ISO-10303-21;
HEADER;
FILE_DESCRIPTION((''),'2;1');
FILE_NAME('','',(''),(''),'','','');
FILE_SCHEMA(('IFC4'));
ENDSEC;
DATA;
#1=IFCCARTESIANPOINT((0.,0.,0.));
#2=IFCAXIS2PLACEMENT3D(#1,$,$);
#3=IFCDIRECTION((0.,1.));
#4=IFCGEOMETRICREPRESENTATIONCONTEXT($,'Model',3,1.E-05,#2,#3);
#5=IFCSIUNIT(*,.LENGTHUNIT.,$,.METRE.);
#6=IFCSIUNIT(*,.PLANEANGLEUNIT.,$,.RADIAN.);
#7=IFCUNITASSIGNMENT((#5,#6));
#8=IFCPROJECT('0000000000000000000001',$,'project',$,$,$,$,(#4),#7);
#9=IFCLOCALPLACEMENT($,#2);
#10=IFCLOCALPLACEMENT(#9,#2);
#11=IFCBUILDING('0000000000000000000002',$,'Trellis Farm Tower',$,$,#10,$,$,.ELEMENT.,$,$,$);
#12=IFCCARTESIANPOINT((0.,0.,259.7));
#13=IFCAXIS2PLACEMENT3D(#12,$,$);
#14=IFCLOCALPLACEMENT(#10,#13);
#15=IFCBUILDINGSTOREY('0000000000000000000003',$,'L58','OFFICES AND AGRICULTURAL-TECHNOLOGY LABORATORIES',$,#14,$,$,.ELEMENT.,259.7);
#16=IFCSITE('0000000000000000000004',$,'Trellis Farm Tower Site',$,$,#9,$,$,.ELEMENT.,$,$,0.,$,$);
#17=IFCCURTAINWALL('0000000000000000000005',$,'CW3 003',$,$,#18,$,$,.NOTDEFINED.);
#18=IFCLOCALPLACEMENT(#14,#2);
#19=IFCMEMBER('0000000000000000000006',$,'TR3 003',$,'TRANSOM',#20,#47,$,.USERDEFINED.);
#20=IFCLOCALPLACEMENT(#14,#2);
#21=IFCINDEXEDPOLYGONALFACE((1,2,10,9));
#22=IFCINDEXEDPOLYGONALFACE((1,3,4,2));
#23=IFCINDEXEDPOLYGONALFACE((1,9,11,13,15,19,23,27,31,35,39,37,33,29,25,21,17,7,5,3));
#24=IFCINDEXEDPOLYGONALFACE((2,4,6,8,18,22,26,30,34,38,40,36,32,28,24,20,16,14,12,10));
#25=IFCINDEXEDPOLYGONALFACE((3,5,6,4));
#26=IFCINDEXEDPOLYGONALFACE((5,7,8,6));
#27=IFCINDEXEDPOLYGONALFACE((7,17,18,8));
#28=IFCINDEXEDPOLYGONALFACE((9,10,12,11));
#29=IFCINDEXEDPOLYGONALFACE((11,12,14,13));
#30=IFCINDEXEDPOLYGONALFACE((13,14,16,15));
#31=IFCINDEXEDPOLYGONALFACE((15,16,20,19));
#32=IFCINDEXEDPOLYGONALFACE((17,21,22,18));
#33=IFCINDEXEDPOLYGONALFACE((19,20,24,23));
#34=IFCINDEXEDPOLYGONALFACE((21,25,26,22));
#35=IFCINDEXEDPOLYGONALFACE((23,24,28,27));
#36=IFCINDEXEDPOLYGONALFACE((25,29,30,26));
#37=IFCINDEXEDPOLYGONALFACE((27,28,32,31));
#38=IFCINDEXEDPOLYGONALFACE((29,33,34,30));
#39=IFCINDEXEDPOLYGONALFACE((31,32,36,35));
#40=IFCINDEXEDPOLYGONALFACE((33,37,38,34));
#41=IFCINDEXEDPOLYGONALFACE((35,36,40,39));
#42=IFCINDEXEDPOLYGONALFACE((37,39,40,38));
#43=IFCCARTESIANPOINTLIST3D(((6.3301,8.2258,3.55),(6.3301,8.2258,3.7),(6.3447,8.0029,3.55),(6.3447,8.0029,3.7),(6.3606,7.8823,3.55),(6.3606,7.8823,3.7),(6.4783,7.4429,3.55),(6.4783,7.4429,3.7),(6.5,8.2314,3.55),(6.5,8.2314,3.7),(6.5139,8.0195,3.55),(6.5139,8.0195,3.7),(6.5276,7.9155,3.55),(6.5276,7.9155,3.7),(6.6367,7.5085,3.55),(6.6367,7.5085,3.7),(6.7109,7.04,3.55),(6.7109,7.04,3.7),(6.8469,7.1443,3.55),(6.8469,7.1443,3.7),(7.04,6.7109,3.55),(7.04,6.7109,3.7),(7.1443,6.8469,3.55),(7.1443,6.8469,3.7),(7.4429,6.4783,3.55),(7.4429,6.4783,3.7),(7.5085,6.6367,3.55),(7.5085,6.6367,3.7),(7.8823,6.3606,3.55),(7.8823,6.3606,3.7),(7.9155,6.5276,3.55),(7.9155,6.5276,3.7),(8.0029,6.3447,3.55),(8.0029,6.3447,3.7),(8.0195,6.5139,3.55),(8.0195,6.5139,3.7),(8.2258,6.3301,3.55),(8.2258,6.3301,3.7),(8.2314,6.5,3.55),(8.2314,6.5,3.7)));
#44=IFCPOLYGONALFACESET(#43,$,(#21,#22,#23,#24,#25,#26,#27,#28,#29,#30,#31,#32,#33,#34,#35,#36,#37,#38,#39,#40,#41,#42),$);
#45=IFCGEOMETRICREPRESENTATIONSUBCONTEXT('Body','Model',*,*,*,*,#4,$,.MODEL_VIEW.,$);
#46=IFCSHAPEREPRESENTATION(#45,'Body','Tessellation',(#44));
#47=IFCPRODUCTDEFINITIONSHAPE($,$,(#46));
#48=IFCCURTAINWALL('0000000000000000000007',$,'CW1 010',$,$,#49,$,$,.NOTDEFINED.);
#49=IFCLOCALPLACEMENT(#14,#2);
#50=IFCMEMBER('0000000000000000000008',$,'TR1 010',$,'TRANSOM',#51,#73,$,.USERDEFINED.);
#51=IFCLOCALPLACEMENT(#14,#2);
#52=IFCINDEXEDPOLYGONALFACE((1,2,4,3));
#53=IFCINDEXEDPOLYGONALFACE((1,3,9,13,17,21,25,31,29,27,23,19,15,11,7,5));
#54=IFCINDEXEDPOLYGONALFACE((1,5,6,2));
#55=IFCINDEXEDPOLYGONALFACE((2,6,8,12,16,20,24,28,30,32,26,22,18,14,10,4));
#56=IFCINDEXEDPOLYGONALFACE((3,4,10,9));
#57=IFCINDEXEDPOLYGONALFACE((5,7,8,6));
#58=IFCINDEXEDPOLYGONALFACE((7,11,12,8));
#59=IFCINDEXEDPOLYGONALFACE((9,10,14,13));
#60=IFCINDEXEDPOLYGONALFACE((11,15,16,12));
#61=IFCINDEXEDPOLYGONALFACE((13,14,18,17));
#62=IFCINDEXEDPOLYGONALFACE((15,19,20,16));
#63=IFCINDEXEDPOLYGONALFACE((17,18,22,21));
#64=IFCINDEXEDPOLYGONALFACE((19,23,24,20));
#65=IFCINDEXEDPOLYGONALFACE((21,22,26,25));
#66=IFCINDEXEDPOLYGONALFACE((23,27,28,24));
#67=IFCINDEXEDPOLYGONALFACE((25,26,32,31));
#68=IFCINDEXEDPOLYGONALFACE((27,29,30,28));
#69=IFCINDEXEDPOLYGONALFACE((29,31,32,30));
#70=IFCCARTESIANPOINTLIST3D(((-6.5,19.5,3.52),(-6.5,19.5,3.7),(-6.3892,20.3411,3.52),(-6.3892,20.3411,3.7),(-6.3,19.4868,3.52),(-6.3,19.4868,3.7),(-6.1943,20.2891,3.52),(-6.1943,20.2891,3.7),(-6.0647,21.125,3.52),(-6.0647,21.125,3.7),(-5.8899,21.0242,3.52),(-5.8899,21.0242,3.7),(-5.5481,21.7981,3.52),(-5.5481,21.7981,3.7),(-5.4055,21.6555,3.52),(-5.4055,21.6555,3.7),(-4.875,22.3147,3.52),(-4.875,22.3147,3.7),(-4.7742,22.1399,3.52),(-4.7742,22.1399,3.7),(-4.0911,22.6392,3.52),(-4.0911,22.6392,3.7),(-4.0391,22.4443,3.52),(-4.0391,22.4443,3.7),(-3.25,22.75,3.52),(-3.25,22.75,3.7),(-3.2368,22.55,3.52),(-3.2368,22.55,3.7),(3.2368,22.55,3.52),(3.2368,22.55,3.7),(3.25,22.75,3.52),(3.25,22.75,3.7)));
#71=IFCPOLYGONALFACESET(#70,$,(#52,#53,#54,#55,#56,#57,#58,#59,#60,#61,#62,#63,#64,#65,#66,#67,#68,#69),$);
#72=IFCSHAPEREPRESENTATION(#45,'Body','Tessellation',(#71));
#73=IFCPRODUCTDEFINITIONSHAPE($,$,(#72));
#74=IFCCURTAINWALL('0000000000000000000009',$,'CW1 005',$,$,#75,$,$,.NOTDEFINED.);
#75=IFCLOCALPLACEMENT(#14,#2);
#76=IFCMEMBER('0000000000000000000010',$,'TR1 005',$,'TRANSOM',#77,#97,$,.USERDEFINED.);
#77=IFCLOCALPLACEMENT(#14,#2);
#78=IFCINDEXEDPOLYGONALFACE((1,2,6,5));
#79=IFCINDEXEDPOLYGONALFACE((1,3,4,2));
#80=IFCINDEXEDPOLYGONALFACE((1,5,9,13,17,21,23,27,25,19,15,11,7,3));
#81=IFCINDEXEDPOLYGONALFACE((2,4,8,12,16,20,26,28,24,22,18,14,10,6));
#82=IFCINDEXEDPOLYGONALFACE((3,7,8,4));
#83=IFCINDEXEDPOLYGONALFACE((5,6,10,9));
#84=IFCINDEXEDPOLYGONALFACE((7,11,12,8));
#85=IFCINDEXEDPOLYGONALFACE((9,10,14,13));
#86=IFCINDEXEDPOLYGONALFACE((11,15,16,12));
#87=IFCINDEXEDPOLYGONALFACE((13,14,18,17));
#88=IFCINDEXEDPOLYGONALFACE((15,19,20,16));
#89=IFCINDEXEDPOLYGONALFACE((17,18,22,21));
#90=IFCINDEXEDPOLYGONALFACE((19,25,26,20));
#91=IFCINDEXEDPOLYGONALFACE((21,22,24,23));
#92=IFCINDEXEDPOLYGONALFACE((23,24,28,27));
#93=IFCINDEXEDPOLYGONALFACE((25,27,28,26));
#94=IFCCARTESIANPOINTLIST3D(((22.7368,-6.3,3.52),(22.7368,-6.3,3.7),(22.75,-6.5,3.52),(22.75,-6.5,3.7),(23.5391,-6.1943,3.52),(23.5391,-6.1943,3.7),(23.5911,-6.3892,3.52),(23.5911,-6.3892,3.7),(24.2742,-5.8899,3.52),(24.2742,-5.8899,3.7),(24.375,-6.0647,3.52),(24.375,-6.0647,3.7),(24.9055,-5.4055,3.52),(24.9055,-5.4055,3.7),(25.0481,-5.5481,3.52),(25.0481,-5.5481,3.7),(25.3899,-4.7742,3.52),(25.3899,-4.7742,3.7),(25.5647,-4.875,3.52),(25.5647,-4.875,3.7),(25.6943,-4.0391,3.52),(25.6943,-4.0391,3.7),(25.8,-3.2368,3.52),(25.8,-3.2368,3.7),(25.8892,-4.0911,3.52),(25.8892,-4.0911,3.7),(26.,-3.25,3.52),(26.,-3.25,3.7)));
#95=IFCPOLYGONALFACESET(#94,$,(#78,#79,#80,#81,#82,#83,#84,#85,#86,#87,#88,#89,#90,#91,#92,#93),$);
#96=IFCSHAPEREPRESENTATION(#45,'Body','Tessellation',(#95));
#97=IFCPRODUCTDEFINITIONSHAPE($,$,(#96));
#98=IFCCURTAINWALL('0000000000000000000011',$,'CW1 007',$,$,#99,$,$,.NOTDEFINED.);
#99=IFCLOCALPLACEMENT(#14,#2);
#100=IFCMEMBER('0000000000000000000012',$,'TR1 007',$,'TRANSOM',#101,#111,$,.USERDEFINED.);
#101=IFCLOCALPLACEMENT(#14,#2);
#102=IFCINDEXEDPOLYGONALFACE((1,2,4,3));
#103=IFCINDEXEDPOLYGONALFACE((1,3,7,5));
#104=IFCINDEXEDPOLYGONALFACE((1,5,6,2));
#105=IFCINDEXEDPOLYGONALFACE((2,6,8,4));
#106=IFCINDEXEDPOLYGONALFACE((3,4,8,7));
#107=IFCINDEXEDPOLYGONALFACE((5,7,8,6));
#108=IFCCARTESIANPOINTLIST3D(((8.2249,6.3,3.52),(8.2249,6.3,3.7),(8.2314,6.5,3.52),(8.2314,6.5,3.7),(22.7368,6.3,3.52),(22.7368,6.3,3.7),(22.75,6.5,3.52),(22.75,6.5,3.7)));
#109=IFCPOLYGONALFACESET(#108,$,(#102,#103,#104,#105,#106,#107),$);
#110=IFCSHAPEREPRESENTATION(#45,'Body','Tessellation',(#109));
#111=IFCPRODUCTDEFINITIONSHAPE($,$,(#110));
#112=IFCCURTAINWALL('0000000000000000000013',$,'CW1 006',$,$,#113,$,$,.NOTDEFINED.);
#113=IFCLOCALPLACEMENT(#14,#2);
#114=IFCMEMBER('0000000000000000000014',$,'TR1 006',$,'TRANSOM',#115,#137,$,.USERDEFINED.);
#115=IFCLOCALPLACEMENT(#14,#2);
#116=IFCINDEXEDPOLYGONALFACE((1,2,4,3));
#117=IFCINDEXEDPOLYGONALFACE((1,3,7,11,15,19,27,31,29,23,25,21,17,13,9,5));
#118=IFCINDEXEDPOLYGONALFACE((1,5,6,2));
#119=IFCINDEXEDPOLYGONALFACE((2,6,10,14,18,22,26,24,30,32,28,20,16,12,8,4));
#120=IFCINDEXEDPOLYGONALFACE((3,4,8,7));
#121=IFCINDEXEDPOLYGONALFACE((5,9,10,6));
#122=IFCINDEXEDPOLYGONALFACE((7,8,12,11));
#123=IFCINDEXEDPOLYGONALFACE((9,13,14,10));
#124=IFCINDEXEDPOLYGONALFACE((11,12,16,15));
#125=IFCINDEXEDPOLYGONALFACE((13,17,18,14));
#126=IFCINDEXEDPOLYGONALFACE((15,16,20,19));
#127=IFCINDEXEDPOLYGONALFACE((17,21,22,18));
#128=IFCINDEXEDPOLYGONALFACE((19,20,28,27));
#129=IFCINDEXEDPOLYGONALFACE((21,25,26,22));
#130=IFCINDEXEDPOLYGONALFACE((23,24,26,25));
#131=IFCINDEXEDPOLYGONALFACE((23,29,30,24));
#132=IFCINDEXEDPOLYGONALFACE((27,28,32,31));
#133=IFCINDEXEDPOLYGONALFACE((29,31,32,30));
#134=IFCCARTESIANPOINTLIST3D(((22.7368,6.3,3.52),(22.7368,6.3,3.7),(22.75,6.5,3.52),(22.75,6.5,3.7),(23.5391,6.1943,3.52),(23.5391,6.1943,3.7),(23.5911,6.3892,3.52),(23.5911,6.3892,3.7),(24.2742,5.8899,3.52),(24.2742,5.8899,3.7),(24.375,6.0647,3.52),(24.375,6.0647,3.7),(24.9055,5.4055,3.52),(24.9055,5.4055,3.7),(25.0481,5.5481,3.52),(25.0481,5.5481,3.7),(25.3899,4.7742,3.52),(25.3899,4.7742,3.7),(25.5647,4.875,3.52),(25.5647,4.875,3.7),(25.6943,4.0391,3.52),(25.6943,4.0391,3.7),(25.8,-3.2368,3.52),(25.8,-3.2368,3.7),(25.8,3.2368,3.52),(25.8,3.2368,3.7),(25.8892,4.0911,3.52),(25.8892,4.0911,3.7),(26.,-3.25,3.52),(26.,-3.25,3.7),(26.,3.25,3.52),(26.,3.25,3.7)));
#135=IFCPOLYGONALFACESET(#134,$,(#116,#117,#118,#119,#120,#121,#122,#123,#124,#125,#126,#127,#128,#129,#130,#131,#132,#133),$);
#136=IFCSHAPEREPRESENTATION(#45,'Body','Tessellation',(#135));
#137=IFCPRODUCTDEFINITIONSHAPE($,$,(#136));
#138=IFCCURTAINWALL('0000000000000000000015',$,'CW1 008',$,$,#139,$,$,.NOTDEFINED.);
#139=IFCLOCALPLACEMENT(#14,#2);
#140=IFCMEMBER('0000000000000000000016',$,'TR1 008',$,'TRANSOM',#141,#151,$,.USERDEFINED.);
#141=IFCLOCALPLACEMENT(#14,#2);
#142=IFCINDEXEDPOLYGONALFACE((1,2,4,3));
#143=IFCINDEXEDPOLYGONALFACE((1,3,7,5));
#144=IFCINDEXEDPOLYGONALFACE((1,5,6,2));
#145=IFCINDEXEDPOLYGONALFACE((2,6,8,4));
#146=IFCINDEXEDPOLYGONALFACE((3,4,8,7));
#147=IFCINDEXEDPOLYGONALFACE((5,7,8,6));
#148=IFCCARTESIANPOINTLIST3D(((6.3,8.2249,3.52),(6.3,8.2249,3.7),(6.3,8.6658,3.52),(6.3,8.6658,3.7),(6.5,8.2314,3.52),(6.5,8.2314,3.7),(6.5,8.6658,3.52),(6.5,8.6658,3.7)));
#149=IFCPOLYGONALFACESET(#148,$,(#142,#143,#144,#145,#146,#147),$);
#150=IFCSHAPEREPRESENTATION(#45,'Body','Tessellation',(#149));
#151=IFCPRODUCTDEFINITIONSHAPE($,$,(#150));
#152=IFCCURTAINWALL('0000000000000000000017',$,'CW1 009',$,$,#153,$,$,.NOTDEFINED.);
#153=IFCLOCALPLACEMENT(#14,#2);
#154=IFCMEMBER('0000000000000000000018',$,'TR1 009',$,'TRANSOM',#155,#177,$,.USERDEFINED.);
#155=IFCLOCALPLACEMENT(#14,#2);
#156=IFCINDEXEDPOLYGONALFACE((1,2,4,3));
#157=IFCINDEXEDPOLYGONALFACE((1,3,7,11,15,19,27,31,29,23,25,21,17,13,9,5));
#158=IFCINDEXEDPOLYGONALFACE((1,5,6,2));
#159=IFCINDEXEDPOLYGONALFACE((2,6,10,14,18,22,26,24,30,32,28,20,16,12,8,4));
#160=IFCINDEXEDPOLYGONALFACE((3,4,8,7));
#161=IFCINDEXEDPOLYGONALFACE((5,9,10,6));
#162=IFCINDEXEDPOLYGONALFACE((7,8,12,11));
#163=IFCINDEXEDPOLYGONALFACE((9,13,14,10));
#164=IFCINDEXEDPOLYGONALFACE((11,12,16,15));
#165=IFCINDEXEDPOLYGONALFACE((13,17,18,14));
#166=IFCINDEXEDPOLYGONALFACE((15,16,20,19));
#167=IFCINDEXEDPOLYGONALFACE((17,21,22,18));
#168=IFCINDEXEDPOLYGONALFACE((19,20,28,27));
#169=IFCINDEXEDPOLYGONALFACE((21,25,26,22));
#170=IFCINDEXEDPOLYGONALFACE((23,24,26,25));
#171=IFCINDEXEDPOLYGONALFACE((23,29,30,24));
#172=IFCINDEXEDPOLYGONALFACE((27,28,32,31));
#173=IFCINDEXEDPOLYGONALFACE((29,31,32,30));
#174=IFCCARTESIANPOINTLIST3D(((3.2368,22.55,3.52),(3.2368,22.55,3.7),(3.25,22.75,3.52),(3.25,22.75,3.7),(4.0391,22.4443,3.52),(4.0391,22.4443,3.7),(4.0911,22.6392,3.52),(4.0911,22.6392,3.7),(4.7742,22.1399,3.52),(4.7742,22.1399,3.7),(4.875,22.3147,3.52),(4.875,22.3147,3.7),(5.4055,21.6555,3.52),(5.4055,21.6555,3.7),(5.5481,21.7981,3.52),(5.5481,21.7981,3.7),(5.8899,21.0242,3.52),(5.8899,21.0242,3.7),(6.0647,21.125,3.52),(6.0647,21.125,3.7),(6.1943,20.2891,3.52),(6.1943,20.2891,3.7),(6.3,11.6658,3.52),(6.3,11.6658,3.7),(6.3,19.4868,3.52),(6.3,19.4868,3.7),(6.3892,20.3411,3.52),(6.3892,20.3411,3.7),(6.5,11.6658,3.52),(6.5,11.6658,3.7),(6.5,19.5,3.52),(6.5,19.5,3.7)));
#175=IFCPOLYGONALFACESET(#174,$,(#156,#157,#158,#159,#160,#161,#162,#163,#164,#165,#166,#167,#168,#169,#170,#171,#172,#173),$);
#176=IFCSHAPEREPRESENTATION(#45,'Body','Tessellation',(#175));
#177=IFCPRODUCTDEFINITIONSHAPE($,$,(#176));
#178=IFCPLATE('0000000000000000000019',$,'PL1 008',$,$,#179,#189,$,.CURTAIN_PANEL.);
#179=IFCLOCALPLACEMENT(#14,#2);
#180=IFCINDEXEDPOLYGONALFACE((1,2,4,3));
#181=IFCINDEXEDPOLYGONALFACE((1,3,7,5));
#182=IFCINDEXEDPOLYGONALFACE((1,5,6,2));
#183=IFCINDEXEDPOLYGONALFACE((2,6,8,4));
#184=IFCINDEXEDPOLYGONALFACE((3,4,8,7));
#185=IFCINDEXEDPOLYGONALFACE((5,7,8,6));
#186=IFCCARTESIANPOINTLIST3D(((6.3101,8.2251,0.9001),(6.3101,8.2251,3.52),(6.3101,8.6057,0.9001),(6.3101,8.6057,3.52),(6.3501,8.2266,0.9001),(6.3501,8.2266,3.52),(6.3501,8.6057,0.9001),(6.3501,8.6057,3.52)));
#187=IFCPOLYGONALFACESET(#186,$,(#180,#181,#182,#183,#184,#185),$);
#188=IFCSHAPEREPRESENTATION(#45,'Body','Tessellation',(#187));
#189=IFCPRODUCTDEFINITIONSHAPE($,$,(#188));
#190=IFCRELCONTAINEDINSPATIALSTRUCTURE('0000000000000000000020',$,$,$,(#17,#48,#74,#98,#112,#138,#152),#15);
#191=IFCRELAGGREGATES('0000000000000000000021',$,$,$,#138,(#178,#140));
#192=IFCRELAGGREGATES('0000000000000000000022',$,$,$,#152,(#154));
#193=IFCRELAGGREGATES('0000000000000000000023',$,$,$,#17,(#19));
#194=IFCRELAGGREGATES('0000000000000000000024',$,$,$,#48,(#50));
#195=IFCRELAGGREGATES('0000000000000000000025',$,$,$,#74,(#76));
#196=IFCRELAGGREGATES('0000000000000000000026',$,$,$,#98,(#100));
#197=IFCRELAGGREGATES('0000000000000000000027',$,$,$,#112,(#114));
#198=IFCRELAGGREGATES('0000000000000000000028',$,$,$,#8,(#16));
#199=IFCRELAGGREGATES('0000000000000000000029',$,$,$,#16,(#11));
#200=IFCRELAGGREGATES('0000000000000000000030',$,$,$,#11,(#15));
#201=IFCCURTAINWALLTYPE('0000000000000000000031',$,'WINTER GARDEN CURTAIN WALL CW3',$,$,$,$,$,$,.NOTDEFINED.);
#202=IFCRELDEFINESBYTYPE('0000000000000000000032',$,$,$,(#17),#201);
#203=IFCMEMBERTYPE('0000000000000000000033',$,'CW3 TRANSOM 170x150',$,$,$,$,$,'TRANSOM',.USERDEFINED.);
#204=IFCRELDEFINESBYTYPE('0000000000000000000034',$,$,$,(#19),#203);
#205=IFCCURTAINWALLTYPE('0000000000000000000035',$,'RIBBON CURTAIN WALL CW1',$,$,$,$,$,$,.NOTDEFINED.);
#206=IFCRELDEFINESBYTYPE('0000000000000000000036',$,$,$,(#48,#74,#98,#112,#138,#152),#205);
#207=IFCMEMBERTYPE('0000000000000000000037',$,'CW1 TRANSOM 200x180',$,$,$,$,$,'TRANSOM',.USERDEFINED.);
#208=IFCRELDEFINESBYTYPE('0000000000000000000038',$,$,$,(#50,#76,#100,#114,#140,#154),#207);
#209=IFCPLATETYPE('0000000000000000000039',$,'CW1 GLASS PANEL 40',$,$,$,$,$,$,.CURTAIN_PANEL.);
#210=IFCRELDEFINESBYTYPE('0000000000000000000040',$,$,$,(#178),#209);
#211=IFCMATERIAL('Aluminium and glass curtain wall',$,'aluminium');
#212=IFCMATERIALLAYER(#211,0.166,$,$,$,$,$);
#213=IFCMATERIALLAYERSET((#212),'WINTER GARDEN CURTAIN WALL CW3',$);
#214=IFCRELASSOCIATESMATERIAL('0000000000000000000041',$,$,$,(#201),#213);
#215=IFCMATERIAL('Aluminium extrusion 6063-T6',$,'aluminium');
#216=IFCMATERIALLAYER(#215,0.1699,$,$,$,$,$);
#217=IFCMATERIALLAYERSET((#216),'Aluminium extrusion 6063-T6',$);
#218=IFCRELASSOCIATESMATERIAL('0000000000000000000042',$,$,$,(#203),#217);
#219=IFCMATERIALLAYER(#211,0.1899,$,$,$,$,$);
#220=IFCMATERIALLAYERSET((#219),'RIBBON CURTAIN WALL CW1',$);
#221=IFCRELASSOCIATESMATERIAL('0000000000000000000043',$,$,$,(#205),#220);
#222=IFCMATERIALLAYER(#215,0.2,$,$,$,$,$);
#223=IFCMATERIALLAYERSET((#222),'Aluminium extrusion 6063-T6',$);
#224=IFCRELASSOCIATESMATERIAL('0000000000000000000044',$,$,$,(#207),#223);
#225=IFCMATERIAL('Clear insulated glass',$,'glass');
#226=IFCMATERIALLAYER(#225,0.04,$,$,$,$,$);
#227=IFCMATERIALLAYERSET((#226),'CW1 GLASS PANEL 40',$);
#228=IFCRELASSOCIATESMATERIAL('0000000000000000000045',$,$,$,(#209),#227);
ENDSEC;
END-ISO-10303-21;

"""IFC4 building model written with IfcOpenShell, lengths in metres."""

from ifc_helpers import new_model, si_unit, direction, frame, origin, place, context, subcontext, project, spatial, polyline, outline, extrude, source, transform, mapped, material, layer, layer_set, type_object, element, aggregate, save


model = new_model("IFC4")

# Units and contexts
model_context = context("Model", 3, precision=1e-05, world=origin(), true_north=direction((0.0, 1.0)))
body_context = subcontext(model_context, "Body", "Model", "MODEL_VIEW")
ifc_project = project(units=[si_unit("LENGTHUNIT", "METRE"), si_unit("PLANEANGLEUNIT", "RADIAN")], contexts=[model_context])

# Site, building, storey
site_placement = place(None, origin())
site = spatial("IfcSite", under=ifc_project, at=site_placement, Name="Trellis Farm Tower Site", CompositionType="ELEMENT", RefElevation=0.0)
building_placement = place(site_placement, origin())
building = spatial("IfcBuilding", under=site, at=building_placement, Name="Trellis Farm Tower", CompositionType="ELEMENT")
storey_placement = place(building_placement, frame((0.0, 0.0, 259.7)))
storey = spatial("IfcBuildingStorey", under=building, at=storey_placement, Name="L58", Description="OFFICES AND AGRICULTURAL-TECHNOLOGY LABORATORIES", CompositionType="ELEMENT", Elevation=259.7)

# Curtain walls, members
ifc_material_1 = material(Name="Aluminium and glass curtain wall", Category="aluminium")
ifc_layer_1 = layer(ifc_material_1, 0.166)
ifc_layer_set_1 = layer_set([ifc_layer_1], Name="WINTER GARDEN CURTAIN WALL CW3")
curtain_wall_type_1 = type_object("IfcCurtainWallType", Name="WINTER GARDEN CURTAIN WALL CW3", PredefinedType="NOTDEFINED", material=ifc_layer_set_1)
placement_1 = place(storey_placement, origin())
curtain_wall_1 = element("IfcCurtainWall", 1, at=placement_1, inside=storey, type_object=curtain_wall_type_1, Name="CW3 003", PredefinedType="NOTDEFINED")
ifc_material_2 = material(Name="Aluminium extrusion 6063-T6", Category="aluminium")
ifc_layer_2 = layer(ifc_material_2, 0.1699)
ifc_layer_set_2 = layer_set([ifc_layer_2], Name="Aluminium extrusion 6063-T6")
member_type_1 = type_object("IfcMemberType", Name="CW3 TRANSOM 170x150", ElementType="TRANSOM", PredefinedType="USERDEFINED", material=ifc_layer_set_2)
shared_shape_1 = source(origin(), body_context, "Body", "SweptSolid", [
    extrude(outline(polyline([(8.2314, 6.5), (8.0195, 6.5139), (7.9155, 6.5276), (7.5085, 6.6367), (7.1443, 6.8469), (6.8469, 7.1443), (6.6367, 7.5085), (6.5276, 7.9155), (6.5139, 8.0195), (6.5, 8.2314), (6.3301, 8.2258), (6.3447, 8.0029), (6.3606, 7.8823), (6.4783, 7.4429), (6.7109, 7.04), (7.04, 6.7109), (7.4429, 6.4783), (7.8823, 6.3606), (8.0029, 6.3447), (8.2258, 6.3301), (8.2314, 6.5)])), origin(), (0.0, 0.0, 1.0), 0.1499),
])
member_1_placement = place(storey_placement, frame((0.0, 0.0, 3.55)))
member_1 = element("IfcMember", 2, at=member_1_placement, type_object=member_type_1, Name="TR3 003", ObjectType="TRANSOM", PredefinedType="USERDEFINED", context=body_context, shape_type="MappedRepresentation", body=[
    mapped(shared_shape_1, transform((0.0, 0.0, 0.0))),
])
ifc_layer_3 = layer(ifc_material_1, 0.1899)
ifc_layer_set_3 = layer_set([ifc_layer_3], Name="RIBBON CURTAIN WALL CW1")
curtain_wall_type_2 = type_object("IfcCurtainWallType", Name="RIBBON CURTAIN WALL CW1", PredefinedType="NOTDEFINED", material=ifc_layer_set_3)
curtain_wall_2 = element("IfcCurtainWall", 3, at=placement_1, inside=storey, type_object=curtain_wall_type_2, Name="CW1 010", PredefinedType="NOTDEFINED")
ifc_layer_4 = layer(ifc_material_2, 0.2)
ifc_layer_set_4 = layer_set([ifc_layer_4], Name="Aluminium extrusion 6063-T6")
member_type_2 = type_object("IfcMemberType", Name="CW1 TRANSOM 200x180", ElementType="TRANSOM", PredefinedType="USERDEFINED", material=ifc_layer_set_4)
shared_shape_2 = source(origin(), body_context, "Body", "SweptSolid", [
    extrude(outline(polyline([(3.25, 22.75), (-3.25, 22.75), (-4.0911, 22.6392), (-4.875, 22.3147), (-5.5481, 21.7981), (-6.0647, 21.125), (-6.3892, 20.3411), (-6.5, 19.5), (-6.3, 19.4868), (-6.1943, 20.2891), (-5.8899, 21.0242), (-5.4055, 21.6555), (-4.7742, 22.1399), (-4.0391, 22.4443), (-3.2368, 22.55), (3.2368, 22.55), (3.25, 22.75)])), origin(), (0.0, 0.0, 1.0), 0.1799),
])
placement_2 = place(storey_placement, frame((0.0, 0.0, 3.52)))
member_2 = element("IfcMember", 4, at=placement_2, type_object=member_type_2, Name="TR1 010", ObjectType="TRANSOM", PredefinedType="USERDEFINED", context=body_context, shape_type="MappedRepresentation", body=[
    mapped(shared_shape_2, transform((0.0, 0.0, 0.0))),
])
curtain_wall_3 = element("IfcCurtainWall", 5, at=placement_1, inside=storey, type_object=curtain_wall_type_2, Name="CW1 005", PredefinedType="NOTDEFINED")
shared_shape_3 = source(origin(), body_context, "Body", "SweptSolid", [
    extrude(outline(polyline([(22.75, -6.5), (23.5911, -6.3892), (24.375, -6.0647), (25.0481, -5.5481), (25.5647, -4.875), (25.8892, -4.0911), (26.0, -3.25), (25.8, -3.2368), (25.6943, -4.0391), (25.3899, -4.7742), (24.9055, -5.4055), (24.2742, -5.8899), (23.5391, -6.1943), (22.7368, -6.3), (22.75, -6.5)])), origin(), (0.0, 0.0, 1.0), 0.1799),
])
member_3 = element("IfcMember", 6, at=placement_2, type_object=member_type_2, Name="TR1 005", ObjectType="TRANSOM", PredefinedType="USERDEFINED", context=body_context, shape_type="MappedRepresentation", body=[
    mapped(shared_shape_3, transform((0.0, 0.0, 0.0))),
])
curtain_wall_4 = element("IfcCurtainWall", 7, at=placement_1, inside=storey, type_object=curtain_wall_type_2, Name="CW1 007", PredefinedType="NOTDEFINED")
shared_shape_4 = source(origin(), body_context, "Body", "SweptSolid", [
    extrude(outline(polyline([(22.75, 6.5), (8.2314, 6.5), (8.2249, 6.3), (22.7368, 6.3), (22.75, 6.5)])), origin(), (0.0, 0.0, 1.0), 0.1799),
])
member_4 = element("IfcMember", 8, at=placement_2, type_object=member_type_2, Name="TR1 007", ObjectType="TRANSOM", PredefinedType="USERDEFINED", context=body_context, shape_type="MappedRepresentation", body=[
    mapped(shared_shape_4, transform((0.0, 0.0, 0.0))),
])
curtain_wall_5 = element("IfcCurtainWall", 9, at=placement_1, inside=storey, type_object=curtain_wall_type_2, Name="CW1 006", PredefinedType="NOTDEFINED")
shared_shape_5 = source(origin(), body_context, "Body", "SweptSolid", [
    extrude(outline(polyline([(26.0, -3.25), (26.0, 3.25), (25.8892, 4.0911), (25.5647, 4.875), (25.0481, 5.5481), (24.375, 6.0647), (23.5911, 6.3892), (22.75, 6.5), (22.7368, 6.3), (23.5391, 6.1943), (24.2742, 5.8899), (24.9055, 5.4055), (25.3899, 4.7742), (25.6943, 4.0391), (25.8, 3.2368), (25.8, -3.2368), (26.0, -3.25)])), origin(), (0.0, 0.0, 1.0), 0.1799),
])
member_5 = element("IfcMember", 10, at=placement_2, type_object=member_type_2, Name="TR1 006", ObjectType="TRANSOM", PredefinedType="USERDEFINED", context=body_context, shape_type="MappedRepresentation", body=[
    mapped(shared_shape_5, transform((0.0, 0.0, 0.0))),
])
curtain_wall_6 = element("IfcCurtainWall", 11, at=placement_1, inside=storey, type_object=curtain_wall_type_2, Name="CW1 008", PredefinedType="NOTDEFINED")
shared_shape_6 = source(origin(), body_context, "Body", "SweptSolid", [
    extrude(outline(polyline([(6.5, 8.2314), (6.5, 8.6658), (6.3, 8.6658), (6.3, 8.2249), (6.5, 8.2314)])), origin(), (0.0, 0.0, 1.0), 0.1799),
])
member_6 = element("IfcMember", 12, at=placement_2, type_object=member_type_2, Name="TR1 008", ObjectType="TRANSOM", PredefinedType="USERDEFINED", context=body_context, shape_type="MappedRepresentation", body=[
    mapped(shared_shape_6, transform((0.0, 0.0, 0.0))),
])
curtain_wall_7 = element("IfcCurtainWall", 13, at=placement_1, inside=storey, type_object=curtain_wall_type_2, Name="CW1 009", PredefinedType="NOTDEFINED")
shared_shape_7 = source(origin(), body_context, "Body", "SweptSolid", [
    extrude(outline(polyline([(6.5, 11.6658), (6.5, 19.5), (6.3892, 20.3411), (6.0647, 21.125), (5.5481, 21.7981), (4.875, 22.3147), (4.0911, 22.6392), (3.25, 22.75), (3.2368, 22.55), (4.0391, 22.4443), (4.7742, 22.1399), (5.4055, 21.6555), (5.8899, 21.0242), (6.1943, 20.2891), (6.3, 19.4868), (6.3, 11.6658), (6.5, 11.6658)])), origin(), (0.0, 0.0, 1.0), 0.1799),
])
member_7 = element("IfcMember", 14, at=placement_2, type_object=member_type_2, Name="TR1 009", ObjectType="TRANSOM", PredefinedType="USERDEFINED", context=body_context, shape_type="MappedRepresentation", body=[
    mapped(shared_shape_7, transform((0.0, 0.0, 0.0))),
])

# Plate
ifc_material_3 = material(Name="Clear insulated glass", Category="glass")
ifc_layer_5 = layer(ifc_material_3, 0.04)
ifc_layer_set_5 = layer_set([ifc_layer_5], Name="CW1 GLASS PANEL 40")
plate_type_1 = type_object("IfcPlateType", Name="CW1 GLASS PANEL 40", PredefinedType="CURTAIN_PANEL", material=ifc_layer_set_5)
placement_3 = place(storey_placement, frame((0.0, 0.0, 0.9001)))
plate_1 = element("IfcPlate", 15, at=placement_3, type_object=plate_type_1, Name="PL1 008", PredefinedType="CURTAIN_PANEL", context=body_context, shape_type="SweptSolid", body=[
    extrude(outline(polyline([(6.3501, 8.2266), (6.3501, 8.6057), (6.3101, 8.6057), (6.3101, 8.2251), (6.3501, 8.2266)])), origin(), (0.0, 0.0, 1.0), 2.6199),
])
aggregate(curtain_wall_6, [plate_1, member_6])
aggregate(curtain_wall_7, [member_7])
aggregate(curtain_wall_1, [member_1])
aggregate(curtain_wall_2, [member_2])
aggregate(curtain_wall_3, [member_3])
aggregate(curtain_wall_4, [member_4])
aggregate(curtain_wall_5, [member_5])

save(model, "model.ifc")
